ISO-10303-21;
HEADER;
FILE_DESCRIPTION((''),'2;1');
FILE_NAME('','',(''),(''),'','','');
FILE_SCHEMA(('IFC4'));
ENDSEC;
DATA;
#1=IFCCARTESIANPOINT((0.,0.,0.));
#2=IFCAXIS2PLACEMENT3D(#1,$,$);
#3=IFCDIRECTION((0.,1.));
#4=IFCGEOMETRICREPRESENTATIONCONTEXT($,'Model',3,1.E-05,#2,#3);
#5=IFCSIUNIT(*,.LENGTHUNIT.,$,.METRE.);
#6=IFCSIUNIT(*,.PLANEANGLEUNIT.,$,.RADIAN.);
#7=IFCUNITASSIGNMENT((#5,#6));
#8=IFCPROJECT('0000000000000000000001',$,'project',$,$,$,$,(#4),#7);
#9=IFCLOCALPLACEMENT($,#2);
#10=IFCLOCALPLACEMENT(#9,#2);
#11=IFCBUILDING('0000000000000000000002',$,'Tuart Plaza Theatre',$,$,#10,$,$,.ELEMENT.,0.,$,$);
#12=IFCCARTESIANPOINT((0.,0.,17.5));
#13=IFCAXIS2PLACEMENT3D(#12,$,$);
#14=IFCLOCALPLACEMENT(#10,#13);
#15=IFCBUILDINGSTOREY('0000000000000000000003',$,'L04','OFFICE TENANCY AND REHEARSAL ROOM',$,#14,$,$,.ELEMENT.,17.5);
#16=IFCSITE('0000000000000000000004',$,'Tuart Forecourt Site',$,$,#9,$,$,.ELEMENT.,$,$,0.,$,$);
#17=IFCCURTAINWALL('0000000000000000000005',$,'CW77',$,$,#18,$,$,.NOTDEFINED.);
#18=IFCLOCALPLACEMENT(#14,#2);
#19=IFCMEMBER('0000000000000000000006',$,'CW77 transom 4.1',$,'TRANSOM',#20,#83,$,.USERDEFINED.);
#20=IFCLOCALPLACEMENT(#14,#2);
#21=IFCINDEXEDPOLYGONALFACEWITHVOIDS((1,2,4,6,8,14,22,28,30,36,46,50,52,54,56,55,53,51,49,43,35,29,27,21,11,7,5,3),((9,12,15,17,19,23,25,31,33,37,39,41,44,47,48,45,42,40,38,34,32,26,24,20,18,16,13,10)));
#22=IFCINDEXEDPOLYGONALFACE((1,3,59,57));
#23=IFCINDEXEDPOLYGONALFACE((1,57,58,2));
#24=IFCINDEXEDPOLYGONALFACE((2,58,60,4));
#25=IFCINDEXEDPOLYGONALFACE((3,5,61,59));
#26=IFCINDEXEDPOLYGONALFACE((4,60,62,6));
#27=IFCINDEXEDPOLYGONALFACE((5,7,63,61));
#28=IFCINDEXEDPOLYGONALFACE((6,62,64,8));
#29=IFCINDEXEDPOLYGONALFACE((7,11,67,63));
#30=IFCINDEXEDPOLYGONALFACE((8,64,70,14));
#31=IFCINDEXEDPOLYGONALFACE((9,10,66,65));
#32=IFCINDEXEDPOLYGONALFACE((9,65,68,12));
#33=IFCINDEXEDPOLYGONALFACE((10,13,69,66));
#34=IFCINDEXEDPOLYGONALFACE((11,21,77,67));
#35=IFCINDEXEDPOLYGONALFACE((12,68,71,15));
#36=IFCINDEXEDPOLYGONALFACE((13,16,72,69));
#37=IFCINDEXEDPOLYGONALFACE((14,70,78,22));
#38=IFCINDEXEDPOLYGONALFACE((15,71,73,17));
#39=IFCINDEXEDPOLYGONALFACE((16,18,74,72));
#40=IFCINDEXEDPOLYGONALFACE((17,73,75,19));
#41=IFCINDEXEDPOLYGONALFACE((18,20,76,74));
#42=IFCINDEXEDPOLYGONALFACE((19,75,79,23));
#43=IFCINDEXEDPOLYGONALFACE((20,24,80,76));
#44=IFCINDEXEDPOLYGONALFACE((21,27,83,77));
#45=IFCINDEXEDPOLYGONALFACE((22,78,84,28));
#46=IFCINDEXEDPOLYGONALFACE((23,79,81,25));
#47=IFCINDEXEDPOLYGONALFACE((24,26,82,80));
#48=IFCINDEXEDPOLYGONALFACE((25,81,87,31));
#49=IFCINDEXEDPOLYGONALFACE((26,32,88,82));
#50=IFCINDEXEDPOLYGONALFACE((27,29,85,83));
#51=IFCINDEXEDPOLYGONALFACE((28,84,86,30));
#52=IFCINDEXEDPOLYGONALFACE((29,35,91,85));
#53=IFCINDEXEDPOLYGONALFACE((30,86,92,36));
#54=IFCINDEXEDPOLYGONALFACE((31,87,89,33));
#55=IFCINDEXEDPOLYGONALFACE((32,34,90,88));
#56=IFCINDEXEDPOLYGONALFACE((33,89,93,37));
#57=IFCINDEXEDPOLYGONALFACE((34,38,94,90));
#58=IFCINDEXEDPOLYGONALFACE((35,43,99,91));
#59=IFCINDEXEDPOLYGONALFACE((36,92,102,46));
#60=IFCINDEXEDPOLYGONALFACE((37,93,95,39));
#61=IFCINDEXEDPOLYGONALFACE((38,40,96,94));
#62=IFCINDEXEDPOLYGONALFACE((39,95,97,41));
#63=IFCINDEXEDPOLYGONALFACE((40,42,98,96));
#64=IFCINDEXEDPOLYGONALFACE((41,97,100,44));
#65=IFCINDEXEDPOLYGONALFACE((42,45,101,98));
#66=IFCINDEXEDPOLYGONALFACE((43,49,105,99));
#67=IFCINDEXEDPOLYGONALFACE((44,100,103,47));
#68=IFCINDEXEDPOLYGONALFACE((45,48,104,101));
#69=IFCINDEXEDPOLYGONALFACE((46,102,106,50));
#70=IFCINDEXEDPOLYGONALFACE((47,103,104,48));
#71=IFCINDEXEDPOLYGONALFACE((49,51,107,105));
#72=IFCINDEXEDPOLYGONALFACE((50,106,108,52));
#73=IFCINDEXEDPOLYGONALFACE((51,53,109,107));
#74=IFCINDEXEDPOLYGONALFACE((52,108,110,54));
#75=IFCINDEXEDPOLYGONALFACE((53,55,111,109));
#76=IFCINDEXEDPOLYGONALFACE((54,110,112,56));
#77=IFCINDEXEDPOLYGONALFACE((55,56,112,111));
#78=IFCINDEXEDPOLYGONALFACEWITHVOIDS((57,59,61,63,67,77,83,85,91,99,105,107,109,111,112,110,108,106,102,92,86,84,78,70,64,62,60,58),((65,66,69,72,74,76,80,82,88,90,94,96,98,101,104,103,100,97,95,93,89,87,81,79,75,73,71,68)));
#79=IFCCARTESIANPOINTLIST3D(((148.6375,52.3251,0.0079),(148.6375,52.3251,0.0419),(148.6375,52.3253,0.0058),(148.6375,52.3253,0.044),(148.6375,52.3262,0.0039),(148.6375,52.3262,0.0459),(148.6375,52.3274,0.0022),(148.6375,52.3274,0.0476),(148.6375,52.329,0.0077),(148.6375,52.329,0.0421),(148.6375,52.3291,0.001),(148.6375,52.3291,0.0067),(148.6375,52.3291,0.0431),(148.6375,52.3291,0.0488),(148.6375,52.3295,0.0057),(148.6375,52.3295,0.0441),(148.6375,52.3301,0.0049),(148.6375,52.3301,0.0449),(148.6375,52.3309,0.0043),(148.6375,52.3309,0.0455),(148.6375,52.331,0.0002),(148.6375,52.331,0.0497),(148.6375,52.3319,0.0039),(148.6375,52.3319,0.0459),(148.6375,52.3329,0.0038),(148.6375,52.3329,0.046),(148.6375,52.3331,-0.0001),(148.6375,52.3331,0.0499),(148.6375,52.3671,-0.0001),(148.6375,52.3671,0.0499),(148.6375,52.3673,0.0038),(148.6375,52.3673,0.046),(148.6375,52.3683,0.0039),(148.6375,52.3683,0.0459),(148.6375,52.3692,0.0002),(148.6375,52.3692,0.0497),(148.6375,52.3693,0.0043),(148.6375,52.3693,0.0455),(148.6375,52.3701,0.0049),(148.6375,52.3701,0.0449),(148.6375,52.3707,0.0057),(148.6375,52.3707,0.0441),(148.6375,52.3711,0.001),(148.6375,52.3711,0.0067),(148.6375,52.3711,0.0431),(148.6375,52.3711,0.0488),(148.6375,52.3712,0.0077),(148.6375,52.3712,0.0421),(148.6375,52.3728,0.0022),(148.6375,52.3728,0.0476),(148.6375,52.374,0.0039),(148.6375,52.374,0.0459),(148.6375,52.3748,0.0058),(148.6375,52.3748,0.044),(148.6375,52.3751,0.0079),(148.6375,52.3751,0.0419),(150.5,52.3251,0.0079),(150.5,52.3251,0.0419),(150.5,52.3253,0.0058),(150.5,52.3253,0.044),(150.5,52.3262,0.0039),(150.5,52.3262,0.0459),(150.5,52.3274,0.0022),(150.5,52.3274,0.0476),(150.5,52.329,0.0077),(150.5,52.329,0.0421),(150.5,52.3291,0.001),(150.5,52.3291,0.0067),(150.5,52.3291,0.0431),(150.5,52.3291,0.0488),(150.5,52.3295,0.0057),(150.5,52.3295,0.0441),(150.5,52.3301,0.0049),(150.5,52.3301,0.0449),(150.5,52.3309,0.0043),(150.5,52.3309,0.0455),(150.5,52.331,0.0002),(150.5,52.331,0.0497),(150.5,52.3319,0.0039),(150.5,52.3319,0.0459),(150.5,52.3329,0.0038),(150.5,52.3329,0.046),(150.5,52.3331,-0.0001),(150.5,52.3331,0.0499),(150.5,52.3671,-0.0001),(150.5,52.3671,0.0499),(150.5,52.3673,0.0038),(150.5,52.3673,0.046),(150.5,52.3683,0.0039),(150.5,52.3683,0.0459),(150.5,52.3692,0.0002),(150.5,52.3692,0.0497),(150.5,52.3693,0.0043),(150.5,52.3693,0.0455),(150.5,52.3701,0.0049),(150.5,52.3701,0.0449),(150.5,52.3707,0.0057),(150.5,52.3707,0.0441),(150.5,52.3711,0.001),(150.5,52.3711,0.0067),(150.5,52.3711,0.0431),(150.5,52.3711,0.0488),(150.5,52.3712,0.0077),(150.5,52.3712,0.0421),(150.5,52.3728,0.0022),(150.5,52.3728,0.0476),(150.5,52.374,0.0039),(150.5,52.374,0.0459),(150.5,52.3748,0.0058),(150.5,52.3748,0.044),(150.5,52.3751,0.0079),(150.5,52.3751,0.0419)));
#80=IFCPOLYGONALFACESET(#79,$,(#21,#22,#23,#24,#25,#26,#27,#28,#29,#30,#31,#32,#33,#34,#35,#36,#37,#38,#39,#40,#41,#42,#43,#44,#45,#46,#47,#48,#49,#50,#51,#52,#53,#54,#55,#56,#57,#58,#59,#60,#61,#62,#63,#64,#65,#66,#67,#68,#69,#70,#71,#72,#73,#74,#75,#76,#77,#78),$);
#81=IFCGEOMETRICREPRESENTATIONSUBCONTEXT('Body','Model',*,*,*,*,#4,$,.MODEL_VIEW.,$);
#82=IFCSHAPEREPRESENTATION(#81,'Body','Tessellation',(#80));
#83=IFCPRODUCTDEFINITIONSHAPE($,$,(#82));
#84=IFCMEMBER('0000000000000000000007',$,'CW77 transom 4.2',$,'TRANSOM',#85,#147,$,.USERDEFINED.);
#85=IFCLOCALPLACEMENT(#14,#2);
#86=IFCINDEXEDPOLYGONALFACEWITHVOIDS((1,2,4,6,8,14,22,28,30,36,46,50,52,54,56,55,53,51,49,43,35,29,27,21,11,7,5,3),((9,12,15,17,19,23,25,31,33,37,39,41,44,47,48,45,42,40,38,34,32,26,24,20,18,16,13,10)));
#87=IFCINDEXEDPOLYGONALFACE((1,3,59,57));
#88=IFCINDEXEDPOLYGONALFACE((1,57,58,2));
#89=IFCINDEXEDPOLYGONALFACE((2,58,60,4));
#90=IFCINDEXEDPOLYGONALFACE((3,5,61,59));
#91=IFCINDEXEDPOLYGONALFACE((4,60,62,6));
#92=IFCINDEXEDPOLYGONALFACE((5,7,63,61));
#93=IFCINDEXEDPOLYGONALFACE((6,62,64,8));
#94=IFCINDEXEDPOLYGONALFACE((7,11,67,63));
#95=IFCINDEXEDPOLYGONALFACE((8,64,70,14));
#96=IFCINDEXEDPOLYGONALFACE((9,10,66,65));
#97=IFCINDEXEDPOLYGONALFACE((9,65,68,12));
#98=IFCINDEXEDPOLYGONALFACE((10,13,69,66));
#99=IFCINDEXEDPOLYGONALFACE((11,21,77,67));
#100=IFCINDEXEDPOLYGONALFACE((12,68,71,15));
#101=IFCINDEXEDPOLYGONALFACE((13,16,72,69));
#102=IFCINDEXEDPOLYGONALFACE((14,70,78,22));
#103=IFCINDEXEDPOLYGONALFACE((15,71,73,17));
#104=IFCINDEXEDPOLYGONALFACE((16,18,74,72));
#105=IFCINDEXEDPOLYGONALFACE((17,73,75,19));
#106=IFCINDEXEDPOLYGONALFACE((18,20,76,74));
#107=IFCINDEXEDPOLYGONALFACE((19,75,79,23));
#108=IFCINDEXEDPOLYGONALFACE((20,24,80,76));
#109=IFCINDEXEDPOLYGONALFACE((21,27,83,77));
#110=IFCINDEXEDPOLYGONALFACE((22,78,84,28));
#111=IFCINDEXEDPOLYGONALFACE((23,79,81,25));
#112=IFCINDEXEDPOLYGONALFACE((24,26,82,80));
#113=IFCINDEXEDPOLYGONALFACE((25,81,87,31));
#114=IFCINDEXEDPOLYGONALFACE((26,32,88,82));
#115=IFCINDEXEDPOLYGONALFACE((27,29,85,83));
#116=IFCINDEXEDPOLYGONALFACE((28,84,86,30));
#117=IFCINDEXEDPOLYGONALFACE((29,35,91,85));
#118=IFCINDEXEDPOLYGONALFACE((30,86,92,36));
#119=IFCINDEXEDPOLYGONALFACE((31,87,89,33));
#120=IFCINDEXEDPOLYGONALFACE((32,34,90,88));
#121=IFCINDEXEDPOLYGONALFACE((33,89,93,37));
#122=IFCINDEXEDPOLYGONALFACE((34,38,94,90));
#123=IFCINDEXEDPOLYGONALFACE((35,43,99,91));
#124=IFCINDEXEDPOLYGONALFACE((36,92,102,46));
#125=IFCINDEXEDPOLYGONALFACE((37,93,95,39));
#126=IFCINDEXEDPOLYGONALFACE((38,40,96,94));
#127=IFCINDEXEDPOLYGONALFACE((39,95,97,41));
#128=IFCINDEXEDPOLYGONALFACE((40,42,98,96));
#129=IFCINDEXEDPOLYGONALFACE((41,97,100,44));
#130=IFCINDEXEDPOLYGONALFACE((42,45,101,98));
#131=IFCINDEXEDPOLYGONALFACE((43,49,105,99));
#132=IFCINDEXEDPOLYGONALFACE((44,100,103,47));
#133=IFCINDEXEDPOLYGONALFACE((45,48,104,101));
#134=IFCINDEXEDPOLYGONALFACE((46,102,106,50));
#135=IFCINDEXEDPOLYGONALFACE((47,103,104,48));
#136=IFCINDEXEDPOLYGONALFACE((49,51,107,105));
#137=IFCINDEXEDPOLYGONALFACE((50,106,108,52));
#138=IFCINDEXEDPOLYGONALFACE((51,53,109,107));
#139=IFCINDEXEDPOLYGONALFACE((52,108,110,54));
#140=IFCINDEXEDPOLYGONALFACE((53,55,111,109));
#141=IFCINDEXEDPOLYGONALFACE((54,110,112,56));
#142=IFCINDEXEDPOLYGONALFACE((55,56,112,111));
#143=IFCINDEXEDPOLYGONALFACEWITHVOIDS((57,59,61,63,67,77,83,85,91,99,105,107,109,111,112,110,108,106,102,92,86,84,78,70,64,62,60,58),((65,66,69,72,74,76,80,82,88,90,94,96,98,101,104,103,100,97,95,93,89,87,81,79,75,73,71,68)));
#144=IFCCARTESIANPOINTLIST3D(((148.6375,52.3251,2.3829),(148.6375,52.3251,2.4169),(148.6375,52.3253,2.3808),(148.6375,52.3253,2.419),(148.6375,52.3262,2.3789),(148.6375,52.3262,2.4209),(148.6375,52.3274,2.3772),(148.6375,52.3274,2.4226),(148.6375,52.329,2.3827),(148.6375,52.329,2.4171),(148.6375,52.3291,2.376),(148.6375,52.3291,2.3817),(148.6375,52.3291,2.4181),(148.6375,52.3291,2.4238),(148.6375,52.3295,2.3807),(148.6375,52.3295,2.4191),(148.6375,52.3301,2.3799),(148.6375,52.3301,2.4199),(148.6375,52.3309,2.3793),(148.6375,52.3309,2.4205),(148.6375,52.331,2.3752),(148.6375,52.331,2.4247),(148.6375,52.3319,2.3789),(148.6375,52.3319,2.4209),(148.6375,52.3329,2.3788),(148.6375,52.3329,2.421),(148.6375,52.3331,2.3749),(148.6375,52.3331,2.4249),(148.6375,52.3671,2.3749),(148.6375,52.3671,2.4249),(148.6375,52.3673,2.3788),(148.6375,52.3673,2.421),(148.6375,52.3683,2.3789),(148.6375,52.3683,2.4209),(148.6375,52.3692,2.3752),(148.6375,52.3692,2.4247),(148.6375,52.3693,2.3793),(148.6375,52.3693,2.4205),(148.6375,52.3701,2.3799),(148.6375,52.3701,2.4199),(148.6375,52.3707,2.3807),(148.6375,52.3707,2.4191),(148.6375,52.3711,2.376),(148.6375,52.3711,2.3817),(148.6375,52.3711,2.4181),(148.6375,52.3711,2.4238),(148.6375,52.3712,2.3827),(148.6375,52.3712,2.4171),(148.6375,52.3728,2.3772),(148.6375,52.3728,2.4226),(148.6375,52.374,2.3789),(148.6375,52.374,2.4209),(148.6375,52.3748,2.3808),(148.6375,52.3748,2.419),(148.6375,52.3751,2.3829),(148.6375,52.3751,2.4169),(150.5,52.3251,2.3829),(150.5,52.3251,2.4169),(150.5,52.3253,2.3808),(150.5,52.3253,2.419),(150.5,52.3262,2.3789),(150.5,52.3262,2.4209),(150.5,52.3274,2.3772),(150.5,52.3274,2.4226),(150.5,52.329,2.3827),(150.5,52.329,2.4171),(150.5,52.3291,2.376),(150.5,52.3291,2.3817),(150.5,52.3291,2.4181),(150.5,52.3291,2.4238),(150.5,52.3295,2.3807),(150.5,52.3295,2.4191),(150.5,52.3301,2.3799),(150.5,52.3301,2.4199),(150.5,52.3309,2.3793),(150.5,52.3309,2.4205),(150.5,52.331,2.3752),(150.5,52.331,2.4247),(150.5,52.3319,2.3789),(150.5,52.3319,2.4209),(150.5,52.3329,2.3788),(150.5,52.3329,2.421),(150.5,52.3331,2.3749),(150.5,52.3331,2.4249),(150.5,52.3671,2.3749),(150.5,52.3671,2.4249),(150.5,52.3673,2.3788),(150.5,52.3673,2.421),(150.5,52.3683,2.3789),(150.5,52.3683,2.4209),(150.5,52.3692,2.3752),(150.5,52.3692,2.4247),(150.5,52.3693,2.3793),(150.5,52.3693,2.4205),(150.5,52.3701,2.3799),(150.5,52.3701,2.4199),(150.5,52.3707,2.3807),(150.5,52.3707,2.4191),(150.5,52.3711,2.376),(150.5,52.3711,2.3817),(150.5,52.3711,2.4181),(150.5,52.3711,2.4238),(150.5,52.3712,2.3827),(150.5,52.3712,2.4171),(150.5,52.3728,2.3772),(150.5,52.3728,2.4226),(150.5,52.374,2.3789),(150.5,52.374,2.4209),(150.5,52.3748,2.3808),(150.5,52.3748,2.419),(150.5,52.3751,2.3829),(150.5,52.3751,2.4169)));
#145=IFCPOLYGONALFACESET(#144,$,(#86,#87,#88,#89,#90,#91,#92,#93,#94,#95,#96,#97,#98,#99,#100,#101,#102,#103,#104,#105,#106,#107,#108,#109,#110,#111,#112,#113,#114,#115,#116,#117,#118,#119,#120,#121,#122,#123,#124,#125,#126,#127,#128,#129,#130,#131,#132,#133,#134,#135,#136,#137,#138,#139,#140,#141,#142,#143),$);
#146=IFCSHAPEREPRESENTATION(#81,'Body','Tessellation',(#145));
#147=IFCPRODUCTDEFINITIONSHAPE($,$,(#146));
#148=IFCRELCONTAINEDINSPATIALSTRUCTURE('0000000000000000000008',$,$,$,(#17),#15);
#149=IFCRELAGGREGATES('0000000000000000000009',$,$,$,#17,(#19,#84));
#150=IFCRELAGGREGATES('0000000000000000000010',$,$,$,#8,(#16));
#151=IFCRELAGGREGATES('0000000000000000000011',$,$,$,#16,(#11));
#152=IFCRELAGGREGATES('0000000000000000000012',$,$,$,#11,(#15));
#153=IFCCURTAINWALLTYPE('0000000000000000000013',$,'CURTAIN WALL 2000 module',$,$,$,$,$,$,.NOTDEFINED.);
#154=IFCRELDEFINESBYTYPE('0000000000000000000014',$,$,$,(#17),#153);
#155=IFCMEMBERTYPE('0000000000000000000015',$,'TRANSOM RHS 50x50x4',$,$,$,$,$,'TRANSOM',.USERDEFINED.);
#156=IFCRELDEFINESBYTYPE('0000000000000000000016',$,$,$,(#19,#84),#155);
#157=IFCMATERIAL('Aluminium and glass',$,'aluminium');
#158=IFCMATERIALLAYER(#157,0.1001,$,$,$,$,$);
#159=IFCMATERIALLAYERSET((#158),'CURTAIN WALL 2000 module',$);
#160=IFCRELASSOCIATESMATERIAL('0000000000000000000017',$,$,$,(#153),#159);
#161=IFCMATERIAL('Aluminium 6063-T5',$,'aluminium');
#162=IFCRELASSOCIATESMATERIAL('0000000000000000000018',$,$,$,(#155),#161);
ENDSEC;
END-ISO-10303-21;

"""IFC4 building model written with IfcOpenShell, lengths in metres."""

from ifc_helpers import new_model, si_unit, direction, frame, origin, origin_2d, place, context, subcontext, project, spatial, hollow_rectangle, extrude, material, layer, layer_set, material_profile, profile_set, type_object, element, aggregate, save


model = new_model("IFC4")

# Units and contexts
model_context = context("Model", 3, precision=1e-05, world=origin(), true_north=direction((0.0, 1.0)))
body_context = subcontext(model_context, "Body", "Model", "MODEL_VIEW")
ifc_project = project(units=[si_unit("LENGTHUNIT", "METRE"), si_unit("PLANEANGLEUNIT", "RADIAN")], contexts=[model_context])

# Site, building, storey
site_placement = place(None, origin())
site = spatial("IfcSite", under=ifc_project, at=site_placement, Name="Tuart Forecourt Site", CompositionType="ELEMENT", RefElevation=0.0)
building_placement = place(site_placement, origin())
building = spatial("IfcBuilding", under=site, at=building_placement, Name="Tuart Plaza Theatre", CompositionType="ELEMENT", ElevationOfRefHeight=0.0)
storey_placement = place(building_placement, frame((0.0, 0.0, 17.5)))
storey = spatial("IfcBuildingStorey", under=building, at=storey_placement, Name="L04", Description="OFFICE TENANCY AND REHEARSAL ROOM", CompositionType="ELEMENT", Elevation=17.5)

# Curtain wall
ifc_material_1 = material(Name="Aluminium and glass", Category="aluminium")
ifc_layer_1 = layer(ifc_material_1, 0.1001)
ifc_layer_set_1 = layer_set([ifc_layer_1], Name="CURTAIN WALL 2000 module")
curtain_wall_type = type_object("IfcCurtainWallType", Name="CURTAIN WALL 2000 module", PredefinedType="NOTDEFINED", material=ifc_layer_set_1)
curtain_wall_1_placement = place(storey_placement, origin())
curtain_wall_1 = element("IfcCurtainWall", 1, at=curtain_wall_1_placement, inside=storey, type_object=curtain_wall_type, Name="CW77", PredefinedType="NOTDEFINED")

# Members
ifc_material_2 = material(Name="Aluminium 6063-T5", Category="aluminium")
ifc_material_profile_1 = material_profile(ifc_material_2, hollow_rectangle(XDim=0.05, YDim=0.05, WallThickness=0.0039, InnerFilletRadius=0.0039, OuterFilletRadius=0.0081, at=origin_2d()), Name="RHS 50x50x4")
ifc_profile_set_1 = profile_set([ifc_material_profile_1], Name="Aluminium 6063-T5")
member_type_1 = type_object("IfcMemberType", Name="TRANSOM RHS 50x50x4", ElementType="TRANSOM", PredefinedType="USERDEFINED", material=ifc_profile_set_1)
member_1_placement = place(storey_placement, frame((148.6375, 52.3501, 0.0249), z_axis=(1.0, 0.0, 0.0), x_axis=(0.0, 1.0, 0.0)))
member_1 = element("IfcMember", 2, at=member_1_placement, type_object=member_type_1, Name="CW77 transom 4.1", ObjectType="TRANSOM", PredefinedType="USERDEFINED", context=body_context, shape_type="SweptSolid", body=[
    extrude(hollow_rectangle(XDim=0.05, YDim=0.05, WallThickness=0.0039, InnerFilletRadius=0.0039, OuterFilletRadius=0.0081, at=origin_2d()), origin(), (0.0, 0.0, 1.0), 1.8625),
])
member_2_placement = place(storey_placement, frame((148.6375, 52.3501, 2.3999), z_axis=(1.0, 0.0, 0.0), x_axis=(0.0, 1.0, 0.0)))
member_2 = element("IfcMember", 3, at=member_2_placement, type_object=member_type_1, Name="CW77 transom 4.2", ObjectType="TRANSOM", PredefinedType="USERDEFINED", context=body_context, shape_type="SweptSolid", body=[
    extrude(hollow_rectangle(XDim=0.05, YDim=0.05, WallThickness=0.0039, InnerFilletRadius=0.0039, OuterFilletRadius=0.0081, at=origin_2d()), origin(), (0.0, 0.0, 1.0), 1.8625),
])

aggregate(curtain_wall_1, [member_1, member_2])

save(model, "model.ifc")
